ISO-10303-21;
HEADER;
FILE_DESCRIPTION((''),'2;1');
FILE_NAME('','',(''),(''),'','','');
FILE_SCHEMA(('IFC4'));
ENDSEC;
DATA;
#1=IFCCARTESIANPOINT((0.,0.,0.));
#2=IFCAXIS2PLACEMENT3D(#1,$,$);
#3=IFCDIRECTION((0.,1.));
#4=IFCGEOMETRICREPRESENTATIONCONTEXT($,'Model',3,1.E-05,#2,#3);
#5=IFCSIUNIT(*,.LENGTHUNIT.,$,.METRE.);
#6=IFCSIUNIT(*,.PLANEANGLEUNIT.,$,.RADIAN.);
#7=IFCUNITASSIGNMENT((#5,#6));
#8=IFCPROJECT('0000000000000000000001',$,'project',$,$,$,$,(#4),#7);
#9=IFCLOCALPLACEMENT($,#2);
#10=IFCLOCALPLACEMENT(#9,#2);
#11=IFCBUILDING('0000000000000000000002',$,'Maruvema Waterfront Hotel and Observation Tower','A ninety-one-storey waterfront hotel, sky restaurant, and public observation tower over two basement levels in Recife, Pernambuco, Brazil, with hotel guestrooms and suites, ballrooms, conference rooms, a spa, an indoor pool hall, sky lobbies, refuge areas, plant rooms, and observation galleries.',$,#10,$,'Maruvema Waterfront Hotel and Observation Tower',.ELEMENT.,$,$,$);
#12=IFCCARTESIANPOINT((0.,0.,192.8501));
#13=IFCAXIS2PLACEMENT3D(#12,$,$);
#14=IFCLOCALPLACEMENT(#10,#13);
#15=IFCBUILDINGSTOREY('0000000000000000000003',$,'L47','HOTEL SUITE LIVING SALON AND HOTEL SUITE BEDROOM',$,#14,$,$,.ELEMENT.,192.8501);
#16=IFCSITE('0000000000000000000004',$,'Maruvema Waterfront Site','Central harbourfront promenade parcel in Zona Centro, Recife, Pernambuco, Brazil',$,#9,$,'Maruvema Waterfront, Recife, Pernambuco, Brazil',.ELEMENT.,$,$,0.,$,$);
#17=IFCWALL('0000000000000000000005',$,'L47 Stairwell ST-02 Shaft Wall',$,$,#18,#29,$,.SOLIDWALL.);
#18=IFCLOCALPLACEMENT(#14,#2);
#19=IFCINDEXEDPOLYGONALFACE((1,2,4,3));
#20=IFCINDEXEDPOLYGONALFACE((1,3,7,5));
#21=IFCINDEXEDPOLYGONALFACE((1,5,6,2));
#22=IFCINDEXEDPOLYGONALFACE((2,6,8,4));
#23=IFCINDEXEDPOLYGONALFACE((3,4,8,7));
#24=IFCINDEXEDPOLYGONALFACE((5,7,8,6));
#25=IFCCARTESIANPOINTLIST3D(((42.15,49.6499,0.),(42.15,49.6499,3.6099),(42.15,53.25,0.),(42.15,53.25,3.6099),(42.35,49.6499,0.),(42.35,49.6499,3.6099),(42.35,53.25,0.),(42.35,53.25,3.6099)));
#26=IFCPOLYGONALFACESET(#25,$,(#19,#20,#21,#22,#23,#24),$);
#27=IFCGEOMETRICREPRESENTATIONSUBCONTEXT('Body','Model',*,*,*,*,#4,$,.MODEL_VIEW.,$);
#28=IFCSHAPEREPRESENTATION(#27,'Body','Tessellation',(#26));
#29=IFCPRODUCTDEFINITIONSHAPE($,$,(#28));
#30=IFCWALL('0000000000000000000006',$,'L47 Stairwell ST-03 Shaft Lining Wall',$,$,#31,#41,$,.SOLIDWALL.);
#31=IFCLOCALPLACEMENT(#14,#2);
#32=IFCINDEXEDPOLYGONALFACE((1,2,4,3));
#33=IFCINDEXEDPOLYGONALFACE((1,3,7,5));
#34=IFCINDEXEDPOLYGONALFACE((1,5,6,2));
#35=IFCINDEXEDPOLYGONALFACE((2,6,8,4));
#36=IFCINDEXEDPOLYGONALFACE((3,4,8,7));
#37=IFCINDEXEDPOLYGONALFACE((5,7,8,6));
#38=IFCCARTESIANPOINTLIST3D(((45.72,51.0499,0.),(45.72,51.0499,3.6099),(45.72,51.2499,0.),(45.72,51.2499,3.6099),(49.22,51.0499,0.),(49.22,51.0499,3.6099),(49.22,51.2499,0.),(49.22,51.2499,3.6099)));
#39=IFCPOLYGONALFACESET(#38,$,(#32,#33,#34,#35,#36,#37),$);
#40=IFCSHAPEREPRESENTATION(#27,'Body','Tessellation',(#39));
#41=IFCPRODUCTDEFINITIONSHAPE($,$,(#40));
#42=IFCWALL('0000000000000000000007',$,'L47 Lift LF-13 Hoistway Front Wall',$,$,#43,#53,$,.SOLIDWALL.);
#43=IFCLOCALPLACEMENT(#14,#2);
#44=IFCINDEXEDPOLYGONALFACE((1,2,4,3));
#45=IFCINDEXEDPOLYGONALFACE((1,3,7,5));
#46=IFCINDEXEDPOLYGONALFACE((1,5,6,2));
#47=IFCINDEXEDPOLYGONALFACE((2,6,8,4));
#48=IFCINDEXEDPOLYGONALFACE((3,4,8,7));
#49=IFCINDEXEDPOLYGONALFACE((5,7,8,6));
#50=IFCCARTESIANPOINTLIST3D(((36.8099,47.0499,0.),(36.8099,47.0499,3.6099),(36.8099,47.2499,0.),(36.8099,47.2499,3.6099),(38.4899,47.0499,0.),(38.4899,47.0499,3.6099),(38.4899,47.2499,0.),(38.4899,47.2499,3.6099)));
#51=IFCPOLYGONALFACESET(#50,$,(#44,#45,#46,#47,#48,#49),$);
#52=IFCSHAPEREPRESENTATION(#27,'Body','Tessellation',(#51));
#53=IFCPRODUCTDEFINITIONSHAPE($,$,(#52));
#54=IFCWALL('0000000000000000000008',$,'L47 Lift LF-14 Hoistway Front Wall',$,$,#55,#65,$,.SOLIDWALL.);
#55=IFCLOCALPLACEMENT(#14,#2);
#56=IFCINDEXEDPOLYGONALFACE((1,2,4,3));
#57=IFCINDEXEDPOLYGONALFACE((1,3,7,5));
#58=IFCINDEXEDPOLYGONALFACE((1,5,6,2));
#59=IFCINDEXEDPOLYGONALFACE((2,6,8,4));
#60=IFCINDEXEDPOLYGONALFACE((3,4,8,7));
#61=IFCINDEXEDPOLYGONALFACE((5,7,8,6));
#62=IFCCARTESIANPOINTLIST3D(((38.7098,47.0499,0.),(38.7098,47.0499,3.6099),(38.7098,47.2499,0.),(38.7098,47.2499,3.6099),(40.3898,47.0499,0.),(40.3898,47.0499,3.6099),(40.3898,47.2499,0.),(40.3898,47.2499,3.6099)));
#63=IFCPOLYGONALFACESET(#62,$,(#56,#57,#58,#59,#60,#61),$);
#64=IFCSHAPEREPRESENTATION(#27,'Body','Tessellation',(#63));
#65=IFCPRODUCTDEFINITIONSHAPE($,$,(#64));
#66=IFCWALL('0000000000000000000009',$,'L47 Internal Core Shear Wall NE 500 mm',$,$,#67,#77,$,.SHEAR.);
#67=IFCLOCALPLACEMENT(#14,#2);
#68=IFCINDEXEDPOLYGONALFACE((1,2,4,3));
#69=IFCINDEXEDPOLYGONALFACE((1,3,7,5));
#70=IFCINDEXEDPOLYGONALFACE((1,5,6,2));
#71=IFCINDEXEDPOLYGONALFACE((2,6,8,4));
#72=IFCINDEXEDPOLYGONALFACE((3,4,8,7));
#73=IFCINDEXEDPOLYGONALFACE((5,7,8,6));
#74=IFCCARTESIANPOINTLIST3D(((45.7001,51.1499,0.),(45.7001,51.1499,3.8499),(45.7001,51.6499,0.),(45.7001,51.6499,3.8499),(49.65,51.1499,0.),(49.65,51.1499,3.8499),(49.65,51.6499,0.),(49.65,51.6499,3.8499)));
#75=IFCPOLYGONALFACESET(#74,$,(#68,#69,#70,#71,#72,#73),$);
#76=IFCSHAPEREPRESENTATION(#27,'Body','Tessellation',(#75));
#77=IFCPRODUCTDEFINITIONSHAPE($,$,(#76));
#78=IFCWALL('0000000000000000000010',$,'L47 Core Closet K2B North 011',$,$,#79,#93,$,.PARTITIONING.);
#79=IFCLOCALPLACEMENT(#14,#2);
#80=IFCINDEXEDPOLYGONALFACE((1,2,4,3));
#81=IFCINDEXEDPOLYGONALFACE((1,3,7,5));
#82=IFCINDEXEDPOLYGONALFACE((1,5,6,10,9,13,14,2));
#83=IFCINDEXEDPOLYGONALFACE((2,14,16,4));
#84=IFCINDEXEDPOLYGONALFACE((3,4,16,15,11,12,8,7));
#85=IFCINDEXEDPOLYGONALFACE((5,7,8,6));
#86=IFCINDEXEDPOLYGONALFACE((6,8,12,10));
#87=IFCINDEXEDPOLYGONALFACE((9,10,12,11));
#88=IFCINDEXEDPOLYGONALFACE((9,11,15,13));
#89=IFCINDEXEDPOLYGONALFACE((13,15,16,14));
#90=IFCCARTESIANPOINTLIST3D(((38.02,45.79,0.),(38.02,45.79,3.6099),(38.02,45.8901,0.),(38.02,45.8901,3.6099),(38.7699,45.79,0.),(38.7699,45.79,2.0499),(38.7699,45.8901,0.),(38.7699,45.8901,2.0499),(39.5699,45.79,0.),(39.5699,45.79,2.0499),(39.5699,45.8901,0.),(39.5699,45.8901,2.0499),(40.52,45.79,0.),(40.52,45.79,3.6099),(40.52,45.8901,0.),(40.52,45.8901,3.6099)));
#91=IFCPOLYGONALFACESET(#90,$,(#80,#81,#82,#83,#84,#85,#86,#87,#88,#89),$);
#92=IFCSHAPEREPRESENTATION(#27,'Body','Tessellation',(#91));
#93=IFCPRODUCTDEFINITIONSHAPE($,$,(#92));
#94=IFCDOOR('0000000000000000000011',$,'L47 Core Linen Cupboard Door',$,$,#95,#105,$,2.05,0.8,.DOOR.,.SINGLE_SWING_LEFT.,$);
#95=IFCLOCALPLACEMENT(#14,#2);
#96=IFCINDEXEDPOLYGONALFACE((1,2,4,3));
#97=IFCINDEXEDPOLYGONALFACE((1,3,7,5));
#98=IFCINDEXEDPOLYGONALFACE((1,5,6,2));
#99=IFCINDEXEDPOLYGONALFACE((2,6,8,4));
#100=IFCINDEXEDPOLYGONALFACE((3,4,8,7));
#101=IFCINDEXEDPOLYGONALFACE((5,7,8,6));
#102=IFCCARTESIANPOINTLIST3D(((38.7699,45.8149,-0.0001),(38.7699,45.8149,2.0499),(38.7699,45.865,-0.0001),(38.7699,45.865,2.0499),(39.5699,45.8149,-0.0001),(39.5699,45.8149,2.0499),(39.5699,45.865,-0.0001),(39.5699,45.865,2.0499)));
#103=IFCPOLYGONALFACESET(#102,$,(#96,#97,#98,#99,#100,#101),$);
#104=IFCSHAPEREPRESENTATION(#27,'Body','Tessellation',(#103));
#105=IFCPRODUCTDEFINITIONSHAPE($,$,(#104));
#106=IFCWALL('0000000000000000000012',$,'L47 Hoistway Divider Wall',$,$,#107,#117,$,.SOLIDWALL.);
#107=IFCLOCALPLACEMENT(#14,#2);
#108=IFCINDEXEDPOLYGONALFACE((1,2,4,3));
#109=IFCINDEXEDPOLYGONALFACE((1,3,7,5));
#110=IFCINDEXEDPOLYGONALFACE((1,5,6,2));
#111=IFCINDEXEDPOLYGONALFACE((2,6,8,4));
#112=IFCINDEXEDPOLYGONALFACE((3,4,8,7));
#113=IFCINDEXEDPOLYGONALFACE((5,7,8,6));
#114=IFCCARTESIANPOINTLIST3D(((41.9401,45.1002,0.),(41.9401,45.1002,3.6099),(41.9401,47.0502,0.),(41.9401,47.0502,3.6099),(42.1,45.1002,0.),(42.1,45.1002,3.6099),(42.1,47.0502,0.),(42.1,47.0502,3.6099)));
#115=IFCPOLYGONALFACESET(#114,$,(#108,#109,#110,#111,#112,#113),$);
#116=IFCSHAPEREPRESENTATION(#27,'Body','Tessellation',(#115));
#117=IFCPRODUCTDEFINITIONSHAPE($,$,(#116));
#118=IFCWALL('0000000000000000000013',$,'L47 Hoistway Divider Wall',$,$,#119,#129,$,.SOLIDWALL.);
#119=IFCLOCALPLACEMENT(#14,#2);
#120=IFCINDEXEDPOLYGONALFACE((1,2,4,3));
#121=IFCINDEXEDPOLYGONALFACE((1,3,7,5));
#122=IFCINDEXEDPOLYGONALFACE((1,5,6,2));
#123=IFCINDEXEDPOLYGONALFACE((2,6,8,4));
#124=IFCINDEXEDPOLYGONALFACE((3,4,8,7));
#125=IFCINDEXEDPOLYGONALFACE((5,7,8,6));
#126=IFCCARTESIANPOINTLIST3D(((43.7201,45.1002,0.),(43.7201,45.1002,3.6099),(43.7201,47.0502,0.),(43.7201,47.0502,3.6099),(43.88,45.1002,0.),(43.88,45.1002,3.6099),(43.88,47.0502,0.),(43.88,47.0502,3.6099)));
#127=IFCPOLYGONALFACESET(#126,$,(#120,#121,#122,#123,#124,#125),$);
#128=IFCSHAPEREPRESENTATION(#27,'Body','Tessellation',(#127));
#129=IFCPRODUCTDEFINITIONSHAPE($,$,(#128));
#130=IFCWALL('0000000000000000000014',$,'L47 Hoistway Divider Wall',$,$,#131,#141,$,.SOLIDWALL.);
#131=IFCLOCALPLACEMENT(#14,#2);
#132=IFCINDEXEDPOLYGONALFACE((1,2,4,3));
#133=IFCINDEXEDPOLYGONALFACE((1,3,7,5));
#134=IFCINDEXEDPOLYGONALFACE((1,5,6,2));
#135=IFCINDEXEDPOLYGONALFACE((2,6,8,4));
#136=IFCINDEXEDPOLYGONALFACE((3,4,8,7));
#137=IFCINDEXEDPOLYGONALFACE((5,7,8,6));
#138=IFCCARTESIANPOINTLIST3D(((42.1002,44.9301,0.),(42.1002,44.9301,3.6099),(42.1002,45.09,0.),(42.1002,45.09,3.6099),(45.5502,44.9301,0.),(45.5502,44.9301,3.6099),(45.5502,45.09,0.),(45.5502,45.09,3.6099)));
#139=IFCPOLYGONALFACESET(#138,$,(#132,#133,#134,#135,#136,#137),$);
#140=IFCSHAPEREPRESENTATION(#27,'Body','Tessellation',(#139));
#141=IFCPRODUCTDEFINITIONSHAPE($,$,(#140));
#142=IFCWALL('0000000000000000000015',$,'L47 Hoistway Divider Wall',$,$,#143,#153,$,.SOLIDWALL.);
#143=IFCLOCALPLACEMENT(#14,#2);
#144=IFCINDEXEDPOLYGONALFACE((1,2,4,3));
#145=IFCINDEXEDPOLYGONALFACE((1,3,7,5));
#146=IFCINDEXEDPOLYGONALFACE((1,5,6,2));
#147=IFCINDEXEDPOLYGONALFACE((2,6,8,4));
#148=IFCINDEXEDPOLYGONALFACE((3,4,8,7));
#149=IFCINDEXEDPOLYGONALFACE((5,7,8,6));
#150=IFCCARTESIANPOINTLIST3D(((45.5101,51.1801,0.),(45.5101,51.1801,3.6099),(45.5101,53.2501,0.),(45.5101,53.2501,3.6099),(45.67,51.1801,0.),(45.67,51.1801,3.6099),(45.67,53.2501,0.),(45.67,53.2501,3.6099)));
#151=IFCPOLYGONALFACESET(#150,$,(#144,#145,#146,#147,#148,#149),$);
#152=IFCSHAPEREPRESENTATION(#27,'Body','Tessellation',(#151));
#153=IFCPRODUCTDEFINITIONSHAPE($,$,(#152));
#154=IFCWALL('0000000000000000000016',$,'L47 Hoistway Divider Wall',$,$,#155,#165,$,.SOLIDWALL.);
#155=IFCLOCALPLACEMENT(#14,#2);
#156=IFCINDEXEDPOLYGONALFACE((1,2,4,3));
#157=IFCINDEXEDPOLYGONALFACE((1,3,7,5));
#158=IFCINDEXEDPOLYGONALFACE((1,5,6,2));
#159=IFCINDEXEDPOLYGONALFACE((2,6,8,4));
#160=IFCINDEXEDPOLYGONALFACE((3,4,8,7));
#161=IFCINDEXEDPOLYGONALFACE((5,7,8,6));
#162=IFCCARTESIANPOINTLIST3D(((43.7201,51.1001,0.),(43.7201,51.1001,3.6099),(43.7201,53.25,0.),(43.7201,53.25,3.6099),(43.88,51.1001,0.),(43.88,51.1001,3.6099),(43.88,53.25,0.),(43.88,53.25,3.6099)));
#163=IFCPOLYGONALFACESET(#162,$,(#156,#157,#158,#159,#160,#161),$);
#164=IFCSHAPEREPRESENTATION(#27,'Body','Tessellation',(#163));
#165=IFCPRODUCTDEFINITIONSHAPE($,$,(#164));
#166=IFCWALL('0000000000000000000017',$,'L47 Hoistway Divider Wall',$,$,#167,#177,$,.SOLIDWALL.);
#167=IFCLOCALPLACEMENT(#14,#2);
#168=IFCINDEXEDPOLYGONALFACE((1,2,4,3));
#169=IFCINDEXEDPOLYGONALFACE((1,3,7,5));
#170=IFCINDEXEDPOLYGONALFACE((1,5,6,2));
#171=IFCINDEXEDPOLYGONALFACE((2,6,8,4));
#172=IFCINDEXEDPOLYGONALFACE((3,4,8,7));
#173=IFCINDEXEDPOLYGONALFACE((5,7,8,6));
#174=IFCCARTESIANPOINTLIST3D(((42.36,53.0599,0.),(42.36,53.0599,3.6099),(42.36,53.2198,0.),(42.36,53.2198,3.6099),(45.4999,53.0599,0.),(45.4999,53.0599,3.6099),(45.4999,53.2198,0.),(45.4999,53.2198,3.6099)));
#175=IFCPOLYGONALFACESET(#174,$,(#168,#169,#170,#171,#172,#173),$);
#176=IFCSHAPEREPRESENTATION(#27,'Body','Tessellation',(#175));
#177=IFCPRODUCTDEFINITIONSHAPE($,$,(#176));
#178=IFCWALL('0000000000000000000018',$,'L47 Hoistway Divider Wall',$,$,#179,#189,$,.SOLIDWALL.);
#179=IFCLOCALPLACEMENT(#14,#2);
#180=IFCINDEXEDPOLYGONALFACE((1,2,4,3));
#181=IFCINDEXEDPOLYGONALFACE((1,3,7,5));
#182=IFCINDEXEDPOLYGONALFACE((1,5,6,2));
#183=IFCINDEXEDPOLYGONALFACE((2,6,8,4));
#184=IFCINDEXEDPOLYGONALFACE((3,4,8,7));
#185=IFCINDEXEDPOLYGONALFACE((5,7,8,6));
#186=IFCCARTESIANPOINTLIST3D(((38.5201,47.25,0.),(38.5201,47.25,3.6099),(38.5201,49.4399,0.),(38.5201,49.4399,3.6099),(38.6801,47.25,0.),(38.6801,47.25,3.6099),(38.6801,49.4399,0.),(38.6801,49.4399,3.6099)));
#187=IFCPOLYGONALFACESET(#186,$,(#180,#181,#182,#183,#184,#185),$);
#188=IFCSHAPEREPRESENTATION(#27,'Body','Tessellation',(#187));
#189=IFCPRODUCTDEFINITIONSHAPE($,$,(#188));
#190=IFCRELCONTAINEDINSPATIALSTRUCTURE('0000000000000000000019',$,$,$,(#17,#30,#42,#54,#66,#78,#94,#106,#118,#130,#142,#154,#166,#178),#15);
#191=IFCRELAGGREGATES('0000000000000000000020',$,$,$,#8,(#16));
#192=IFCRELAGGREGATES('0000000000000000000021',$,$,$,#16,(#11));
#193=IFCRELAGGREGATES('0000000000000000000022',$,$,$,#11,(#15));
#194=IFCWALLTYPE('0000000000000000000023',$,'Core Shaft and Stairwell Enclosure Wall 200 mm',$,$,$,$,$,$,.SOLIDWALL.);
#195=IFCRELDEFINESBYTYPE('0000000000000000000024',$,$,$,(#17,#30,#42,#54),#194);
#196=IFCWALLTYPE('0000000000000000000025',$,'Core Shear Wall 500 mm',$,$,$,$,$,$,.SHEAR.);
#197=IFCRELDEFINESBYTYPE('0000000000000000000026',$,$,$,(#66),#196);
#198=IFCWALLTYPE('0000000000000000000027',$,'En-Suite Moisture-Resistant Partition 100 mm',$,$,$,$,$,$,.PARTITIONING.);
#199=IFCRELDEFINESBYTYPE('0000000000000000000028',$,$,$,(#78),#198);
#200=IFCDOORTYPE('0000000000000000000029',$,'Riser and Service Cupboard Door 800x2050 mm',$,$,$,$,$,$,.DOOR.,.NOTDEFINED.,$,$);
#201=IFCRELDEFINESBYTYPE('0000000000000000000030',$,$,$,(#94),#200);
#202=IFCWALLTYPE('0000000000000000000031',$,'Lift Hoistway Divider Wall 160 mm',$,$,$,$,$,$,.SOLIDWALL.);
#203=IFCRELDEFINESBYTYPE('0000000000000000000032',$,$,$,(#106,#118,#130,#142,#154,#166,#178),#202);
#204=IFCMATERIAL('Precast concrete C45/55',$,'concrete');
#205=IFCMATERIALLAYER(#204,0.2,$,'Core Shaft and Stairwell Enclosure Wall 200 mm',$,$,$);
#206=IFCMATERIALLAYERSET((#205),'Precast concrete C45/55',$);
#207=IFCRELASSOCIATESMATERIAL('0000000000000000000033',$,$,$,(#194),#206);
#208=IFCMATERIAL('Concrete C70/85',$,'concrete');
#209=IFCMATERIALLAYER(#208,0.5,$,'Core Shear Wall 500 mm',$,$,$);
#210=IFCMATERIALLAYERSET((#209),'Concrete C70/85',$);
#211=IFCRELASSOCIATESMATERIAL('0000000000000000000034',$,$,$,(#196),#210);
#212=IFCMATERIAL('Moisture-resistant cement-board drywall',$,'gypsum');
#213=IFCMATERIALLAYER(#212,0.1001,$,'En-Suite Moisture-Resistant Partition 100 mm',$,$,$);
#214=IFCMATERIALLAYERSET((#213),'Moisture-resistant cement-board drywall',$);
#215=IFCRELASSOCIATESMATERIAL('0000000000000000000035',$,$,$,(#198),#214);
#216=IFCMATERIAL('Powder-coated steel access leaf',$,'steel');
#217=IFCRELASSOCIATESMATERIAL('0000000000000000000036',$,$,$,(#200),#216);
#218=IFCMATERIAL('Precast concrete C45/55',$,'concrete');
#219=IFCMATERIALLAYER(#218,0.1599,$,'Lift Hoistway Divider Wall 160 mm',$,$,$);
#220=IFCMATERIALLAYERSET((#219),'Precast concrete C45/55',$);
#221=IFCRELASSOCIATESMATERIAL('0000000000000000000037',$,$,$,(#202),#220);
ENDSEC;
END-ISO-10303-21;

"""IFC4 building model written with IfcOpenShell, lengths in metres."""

from ifc_helpers import new_model, si_unit, direction, frame, frame_2d, origin, place, context, subcontext, project, spatial, rectangle, extrude, material, layer, layer_set, type_object, element, fill, save


model = new_model("IFC4")

# Units and contexts
model_context = context("Model", 3, precision=1e-05, world=origin(), true_north=direction((0.0, 1.0)))
body_context = subcontext(model_context, "Body", "Model", "MODEL_VIEW")
ifc_project = project(units=[si_unit("LENGTHUNIT", "METRE"), si_unit("PLANEANGLEUNIT", "RADIAN")], contexts=[model_context])

# Site, building, storey
site_placement = place(None, origin())
site = spatial("IfcSite", under=ifc_project, at=site_placement, Name="Maruvema Waterfront Site", Description="Central harbourfront promenade parcel in Zona Centro, Recife, Pernambuco, Brazil", LongName="Maruvema Waterfront, Recife, Pernambuco, Brazil", CompositionType="ELEMENT", RefElevation=0.0)
building_placement = place(site_placement, origin())
building = spatial("IfcBuilding", under=site, at=building_placement, Name="Maruvema Waterfront Hotel and Observation Tower", Description="A ninety-one-storey waterfront hotel, sky restaurant, and public observation tower over two basement levels in Recife, Pernambuco, Brazil, with hotel guestrooms and suites, ballrooms, conference rooms, a spa, an indoor pool hall, sky lobbies, refuge areas, plant rooms, and observation galleries.", LongName="Maruvema Waterfront Hotel and Observation Tower", CompositionType="ELEMENT")
storey_placement = place(building_placement, frame((0.0, 0.0, 192.8501)))
storey = spatial("IfcBuildingStorey", under=building, at=storey_placement, Name="L47", Description="HOTEL SUITE LIVING SALON AND HOTEL SUITE BEDROOM", CompositionType="ELEMENT", Elevation=192.8501)

# Walls
ifc_material_1 = material(Name="Precast concrete C45/55", Category="concrete")
ifc_layer_1 = layer(ifc_material_1, 0.2, Name="Core Shaft and Stairwell Enclosure Wall 200 mm")
ifc_layer_set_1 = layer_set([ifc_layer_1], Name="Precast concrete C45/55")
wall_type_1 = type_object("IfcWallType", Name="Core Shaft and Stairwell Enclosure Wall 200 mm", PredefinedType="SOLIDWALL", material=ifc_layer_set_1)
wall_1_placement = place(storey_placement, frame((42.25, 49.6499, 0.0), z_axis=(0.0, 0.0, 1.0), x_axis=(0.0, 1.0, 0.0)))
element("IfcWall", 1, at=wall_1_placement, inside=storey, type_object=wall_type_1, Name="L47 Stairwell ST-02 Shaft Wall", PredefinedType="SOLIDWALL", context=body_context, shape_type="SweptSolid", body=[
    extrude(rectangle(XDim=3.6001, YDim=0.2, at=frame_2d((1.8, 0.0))), origin(), (0.0, 0.0, 1.0), 3.6099),
])
wall_2_placement = place(storey_placement, frame((45.72, 51.1499, 0.0), z_axis=(0.0, 0.0, 1.0), x_axis=(1.0, 0.0, 0.0)))
element("IfcWall", 2, at=wall_2_placement, inside=storey, type_object=wall_type_1, Name="L47 Stairwell ST-03 Shaft Lining Wall", PredefinedType="SOLIDWALL", context=body_context, shape_type="SweptSolid", body=[
    extrude(rectangle(XDim=3.5, YDim=0.2, at=frame_2d((1.75, 0.0))), origin(), (0.0, 0.0, 1.0), 3.6099),
])

# Walls
for number, where, z_axis, x_axis, name in (
    (3, (36.8101, 47.1499, 0.0), (0.0, 0.0, 1.0), (1.0, 0.0, 0.0), "L47 Lift LF-13 Hoistway Front Wall"),
    (4, (38.71, 47.1499, 0.0), (0.0, 0.0, 1.0), (1.0, 0.0, 0.0), "L47 Lift LF-14 Hoistway Front Wall"),
):
    element("IfcWall", number, at=place(storey_placement, frame(where, z_axis=z_axis, x_axis=x_axis)), inside=storey, type_object=wall_type_1, Name=name, PredefinedType="SOLIDWALL", context=body_context, shape_type="SweptSolid", body=[
        extrude(rectangle(XDim=1.6799, YDim=0.2, at=frame_2d((0.8398, 0.0))), origin(), (0.0, 0.0, 1.0), 3.6099),
    ])
ifc_material_2 = material(Name="Concrete C70/85", Category="concrete")
ifc_layer_2 = layer(ifc_material_2, 0.5, Name="Core Shear Wall 500 mm")
ifc_layer_set_2 = layer_set([ifc_layer_2], Name="Concrete C70/85")
wall_type_2 = type_object("IfcWallType", Name="Core Shear Wall 500 mm", PredefinedType="SHEAR", material=ifc_layer_set_2)
wall_3_placement = place(storey_placement, frame((45.7, 51.3999, 0.0), z_axis=(0.0, 0.0, 1.0), x_axis=(1.0, 0.0, 0.0)))
element("IfcWall", 5, at=wall_3_placement, inside=storey, type_object=wall_type_2, Name="L47 Internal Core Shear Wall NE 500 mm", PredefinedType="SHEAR", context=body_context, shape_type="SweptSolid", body=[
    extrude(rectangle(XDim=3.95, YDim=0.5, at=frame_2d((1.9751, 0.0))), origin(), (0.0, 0.0, 1.0), 3.8499),
])

# Wall, opening, door
ifc_material_3 = material(Name="Moisture-resistant cement-board drywall", Category="gypsum")
ifc_layer_3 = layer(ifc_material_3, 0.1001, Name="En-Suite Moisture-Resistant Partition 100 mm")
ifc_layer_set_3 = layer_set([ifc_layer_3], Name="Moisture-resistant cement-board drywall")
wall_type_3 = type_object("IfcWallType", Name="En-Suite Moisture-Resistant Partition 100 mm", PredefinedType="PARTITIONING", material=ifc_layer_set_3)
wall_4_placement = place(storey_placement, frame((38.02, 45.8401, 0.0), z_axis=(0.0, 0.0, 1.0), x_axis=(1.0, 0.0, 0.0)))
wall_4 = element("IfcWall", 6, at=wall_4_placement, inside=storey, type_object=wall_type_3, Name="L47 Core Closet K2B North 011", PredefinedType="PARTITIONING", context=body_context, shape_type="SweptSolid", body=[
    extrude(rectangle(XDim=2.5, YDim=0.1001, at=frame_2d((1.25, 0.0))), origin(), (0.0, 0.0, 1.0), 3.6099),
])
opening_1_placement = place(wall_4_placement, frame((0.75, 0.0, 0.0)))
opening_1 = element("IfcOpeningElement", 7, at=opening_1_placement, cuts=wall_4, PredefinedType="OPENING", context=body_context, shape_type="SweptSolid", body=[
    extrude(rectangle(XDim=0.8, YDim=2.05, at=frame_2d((0.3999, 1.0249))), frame((0.0, 0.0601, 0.0), z_axis=(0.0, -1.0, 0.0), x_axis=(1.0, 0.0, 0.0)), (0.0, 0.0, 1.0), 0.1201),
])
ifc_material_4 = material(Name="Powder-coated steel access leaf", Category="steel")
door_type_1 = type_object("IfcDoorType", Name="Riser and Service Cupboard Door 800x2050 mm", OperationType="NOTDEFINED", PredefinedType="DOOR", material=ifc_material_4)
door_1_placement = place(opening_1_placement, origin())
door_1 = element("IfcDoor", 8, at=door_1_placement, inside=storey, type_object=door_type_1, Name="L47 Core Linen Cupboard Door", OperationType="SINGLE_SWING_LEFT", OverallHeight=2.05, OverallWidth=0.8, PredefinedType="DOOR", context=body_context, shape_type="SweptSolid", body=[
    extrude(rectangle(XDim=0.8, YDim=2.05, at=frame_2d((0.3999, 1.0249))), frame((0.0, 0.0249, 0.0), z_axis=(0.0, -1.0, 0.0), x_axis=(1.0, 0.0, 0.0)), (0.0, 0.0, 1.0), 0.05),
])
fill(opening_1, door_1)

# Walls
ifc_material_5 = material(Name="Precast concrete C45/55", Category="concrete")
ifc_layer_4 = layer(ifc_material_5, 0.1599, Name="Lift Hoistway Divider Wall 160 mm")
ifc_layer_set_4 = layer_set([ifc_layer_4], Name="Precast concrete C45/55")
wall_type_4 = type_object("IfcWallType", Name="Lift Hoistway Divider Wall 160 mm", PredefinedType="SOLIDWALL", material=ifc_layer_set_4)
for number, where, z_axis, x_axis, name in (
    (9, (42.02, 45.1001, 0.0), (0.0, 0.0, 1.0), (0.0, 1.0, 0.0), "L47 Hoistway Divider Wall"),
    (10, (43.8, 45.1001, 0.0), (0.0, 0.0, 1.0), (0.0, 1.0, 0.0), "L47 Hoistway Divider Wall"),
):
    element("IfcWall", number, at=place(storey_placement, frame(where, z_axis=z_axis, x_axis=x_axis)), inside=storey, type_object=wall_type_4, Name=name, PredefinedType="SOLIDWALL", context=body_context, shape_type="SweptSolid", body=[
        extrude(rectangle(XDim=1.95, YDim=0.1599, at=frame_2d((0.9751, 0.0))), origin(), (0.0, 0.0, 1.0), 3.6099),
    ])
wall_5_placement = place(storey_placement, frame((42.1001, 45.01, 0.0), z_axis=(0.0, 0.0, 1.0), x_axis=(1.0, 0.0, 0.0)))
element("IfcWall", 11, at=wall_5_placement, inside=storey, type_object=wall_type_4, Name="L47 Hoistway Divider Wall", PredefinedType="SOLIDWALL", context=body_context, shape_type="SweptSolid", body=[
    extrude(rectangle(XDim=3.45, YDim=0.1599, at=frame_2d((1.7251, 0.0))), origin(), (0.0, 0.0, 1.0), 3.6099),
])
wall_6_placement = place(storey_placement, frame((45.5901, 51.1799, 0.0), z_axis=(0.0, 0.0, 1.0), x_axis=(0.0, 1.0, 0.0)))
element("IfcWall", 12, at=wall_6_placement, inside=storey, type_object=wall_type_4, Name="L47 Hoistway Divider Wall", PredefinedType="SOLIDWALL", context=body_context, shape_type="SweptSolid", body=[
    extrude(rectangle(XDim=2.0701, YDim=0.1599, at=frame_2d((1.0352, 0.0))), origin(), (0.0, 0.0, 1.0), 3.6099),
])
wall_7_placement = place(storey_placement, frame((43.8, 51.1001, 0.0), z_axis=(0.0, 0.0, 1.0), x_axis=(0.0, 1.0, 0.0)))
element("IfcWall", 13, at=wall_7_placement, inside=storey, type_object=wall_type_4, Name="L47 Hoistway Divider Wall", PredefinedType="SOLIDWALL", context=body_context, shape_type="SweptSolid", body=[
    extrude(rectangle(XDim=2.1499, YDim=0.1599, at=frame_2d((1.075, 0.0))), origin(), (0.0, 0.0, 1.0), 3.6099),
])
wall_8_placement = place(storey_placement, frame((42.3601, 53.1399, 0.0), z_axis=(0.0, 0.0, 1.0), x_axis=(1.0, 0.0, 0.0)))
element("IfcWall", 14, at=wall_8_placement, inside=storey, type_object=wall_type_4, Name="L47 Hoistway Divider Wall", PredefinedType="SOLIDWALL", context=body_context, shape_type="SweptSolid", body=[
    extrude(rectangle(XDim=3.1399, YDim=0.1599, at=frame_2d((1.5698, 0.0))), origin(), (0.0, 0.0, 1.0), 3.6099),
])
for number, where, z_axis, x_axis, name in (
    (15, (38.6001, 47.25, 0.0), (0.0, 0.0, 1.0), (0.0, 1.0, 0.0), "L47 Hoistway Divider Wall"),
):
    element("IfcWall", number, at=place(storey_placement, frame(where, z_axis=z_axis, x_axis=x_axis)), inside=storey, type_object=wall_type_4, Name=name, PredefinedType="SOLIDWALL", context=body_context, shape_type="SweptSolid", body=[
        extrude(rectangle(XDim=2.1899, YDim=0.1599, at=frame_2d((1.095, 0.0))), origin(), (0.0, 0.0, 1.0), 3.6099),
    ])

save(model, "model.ifc")
